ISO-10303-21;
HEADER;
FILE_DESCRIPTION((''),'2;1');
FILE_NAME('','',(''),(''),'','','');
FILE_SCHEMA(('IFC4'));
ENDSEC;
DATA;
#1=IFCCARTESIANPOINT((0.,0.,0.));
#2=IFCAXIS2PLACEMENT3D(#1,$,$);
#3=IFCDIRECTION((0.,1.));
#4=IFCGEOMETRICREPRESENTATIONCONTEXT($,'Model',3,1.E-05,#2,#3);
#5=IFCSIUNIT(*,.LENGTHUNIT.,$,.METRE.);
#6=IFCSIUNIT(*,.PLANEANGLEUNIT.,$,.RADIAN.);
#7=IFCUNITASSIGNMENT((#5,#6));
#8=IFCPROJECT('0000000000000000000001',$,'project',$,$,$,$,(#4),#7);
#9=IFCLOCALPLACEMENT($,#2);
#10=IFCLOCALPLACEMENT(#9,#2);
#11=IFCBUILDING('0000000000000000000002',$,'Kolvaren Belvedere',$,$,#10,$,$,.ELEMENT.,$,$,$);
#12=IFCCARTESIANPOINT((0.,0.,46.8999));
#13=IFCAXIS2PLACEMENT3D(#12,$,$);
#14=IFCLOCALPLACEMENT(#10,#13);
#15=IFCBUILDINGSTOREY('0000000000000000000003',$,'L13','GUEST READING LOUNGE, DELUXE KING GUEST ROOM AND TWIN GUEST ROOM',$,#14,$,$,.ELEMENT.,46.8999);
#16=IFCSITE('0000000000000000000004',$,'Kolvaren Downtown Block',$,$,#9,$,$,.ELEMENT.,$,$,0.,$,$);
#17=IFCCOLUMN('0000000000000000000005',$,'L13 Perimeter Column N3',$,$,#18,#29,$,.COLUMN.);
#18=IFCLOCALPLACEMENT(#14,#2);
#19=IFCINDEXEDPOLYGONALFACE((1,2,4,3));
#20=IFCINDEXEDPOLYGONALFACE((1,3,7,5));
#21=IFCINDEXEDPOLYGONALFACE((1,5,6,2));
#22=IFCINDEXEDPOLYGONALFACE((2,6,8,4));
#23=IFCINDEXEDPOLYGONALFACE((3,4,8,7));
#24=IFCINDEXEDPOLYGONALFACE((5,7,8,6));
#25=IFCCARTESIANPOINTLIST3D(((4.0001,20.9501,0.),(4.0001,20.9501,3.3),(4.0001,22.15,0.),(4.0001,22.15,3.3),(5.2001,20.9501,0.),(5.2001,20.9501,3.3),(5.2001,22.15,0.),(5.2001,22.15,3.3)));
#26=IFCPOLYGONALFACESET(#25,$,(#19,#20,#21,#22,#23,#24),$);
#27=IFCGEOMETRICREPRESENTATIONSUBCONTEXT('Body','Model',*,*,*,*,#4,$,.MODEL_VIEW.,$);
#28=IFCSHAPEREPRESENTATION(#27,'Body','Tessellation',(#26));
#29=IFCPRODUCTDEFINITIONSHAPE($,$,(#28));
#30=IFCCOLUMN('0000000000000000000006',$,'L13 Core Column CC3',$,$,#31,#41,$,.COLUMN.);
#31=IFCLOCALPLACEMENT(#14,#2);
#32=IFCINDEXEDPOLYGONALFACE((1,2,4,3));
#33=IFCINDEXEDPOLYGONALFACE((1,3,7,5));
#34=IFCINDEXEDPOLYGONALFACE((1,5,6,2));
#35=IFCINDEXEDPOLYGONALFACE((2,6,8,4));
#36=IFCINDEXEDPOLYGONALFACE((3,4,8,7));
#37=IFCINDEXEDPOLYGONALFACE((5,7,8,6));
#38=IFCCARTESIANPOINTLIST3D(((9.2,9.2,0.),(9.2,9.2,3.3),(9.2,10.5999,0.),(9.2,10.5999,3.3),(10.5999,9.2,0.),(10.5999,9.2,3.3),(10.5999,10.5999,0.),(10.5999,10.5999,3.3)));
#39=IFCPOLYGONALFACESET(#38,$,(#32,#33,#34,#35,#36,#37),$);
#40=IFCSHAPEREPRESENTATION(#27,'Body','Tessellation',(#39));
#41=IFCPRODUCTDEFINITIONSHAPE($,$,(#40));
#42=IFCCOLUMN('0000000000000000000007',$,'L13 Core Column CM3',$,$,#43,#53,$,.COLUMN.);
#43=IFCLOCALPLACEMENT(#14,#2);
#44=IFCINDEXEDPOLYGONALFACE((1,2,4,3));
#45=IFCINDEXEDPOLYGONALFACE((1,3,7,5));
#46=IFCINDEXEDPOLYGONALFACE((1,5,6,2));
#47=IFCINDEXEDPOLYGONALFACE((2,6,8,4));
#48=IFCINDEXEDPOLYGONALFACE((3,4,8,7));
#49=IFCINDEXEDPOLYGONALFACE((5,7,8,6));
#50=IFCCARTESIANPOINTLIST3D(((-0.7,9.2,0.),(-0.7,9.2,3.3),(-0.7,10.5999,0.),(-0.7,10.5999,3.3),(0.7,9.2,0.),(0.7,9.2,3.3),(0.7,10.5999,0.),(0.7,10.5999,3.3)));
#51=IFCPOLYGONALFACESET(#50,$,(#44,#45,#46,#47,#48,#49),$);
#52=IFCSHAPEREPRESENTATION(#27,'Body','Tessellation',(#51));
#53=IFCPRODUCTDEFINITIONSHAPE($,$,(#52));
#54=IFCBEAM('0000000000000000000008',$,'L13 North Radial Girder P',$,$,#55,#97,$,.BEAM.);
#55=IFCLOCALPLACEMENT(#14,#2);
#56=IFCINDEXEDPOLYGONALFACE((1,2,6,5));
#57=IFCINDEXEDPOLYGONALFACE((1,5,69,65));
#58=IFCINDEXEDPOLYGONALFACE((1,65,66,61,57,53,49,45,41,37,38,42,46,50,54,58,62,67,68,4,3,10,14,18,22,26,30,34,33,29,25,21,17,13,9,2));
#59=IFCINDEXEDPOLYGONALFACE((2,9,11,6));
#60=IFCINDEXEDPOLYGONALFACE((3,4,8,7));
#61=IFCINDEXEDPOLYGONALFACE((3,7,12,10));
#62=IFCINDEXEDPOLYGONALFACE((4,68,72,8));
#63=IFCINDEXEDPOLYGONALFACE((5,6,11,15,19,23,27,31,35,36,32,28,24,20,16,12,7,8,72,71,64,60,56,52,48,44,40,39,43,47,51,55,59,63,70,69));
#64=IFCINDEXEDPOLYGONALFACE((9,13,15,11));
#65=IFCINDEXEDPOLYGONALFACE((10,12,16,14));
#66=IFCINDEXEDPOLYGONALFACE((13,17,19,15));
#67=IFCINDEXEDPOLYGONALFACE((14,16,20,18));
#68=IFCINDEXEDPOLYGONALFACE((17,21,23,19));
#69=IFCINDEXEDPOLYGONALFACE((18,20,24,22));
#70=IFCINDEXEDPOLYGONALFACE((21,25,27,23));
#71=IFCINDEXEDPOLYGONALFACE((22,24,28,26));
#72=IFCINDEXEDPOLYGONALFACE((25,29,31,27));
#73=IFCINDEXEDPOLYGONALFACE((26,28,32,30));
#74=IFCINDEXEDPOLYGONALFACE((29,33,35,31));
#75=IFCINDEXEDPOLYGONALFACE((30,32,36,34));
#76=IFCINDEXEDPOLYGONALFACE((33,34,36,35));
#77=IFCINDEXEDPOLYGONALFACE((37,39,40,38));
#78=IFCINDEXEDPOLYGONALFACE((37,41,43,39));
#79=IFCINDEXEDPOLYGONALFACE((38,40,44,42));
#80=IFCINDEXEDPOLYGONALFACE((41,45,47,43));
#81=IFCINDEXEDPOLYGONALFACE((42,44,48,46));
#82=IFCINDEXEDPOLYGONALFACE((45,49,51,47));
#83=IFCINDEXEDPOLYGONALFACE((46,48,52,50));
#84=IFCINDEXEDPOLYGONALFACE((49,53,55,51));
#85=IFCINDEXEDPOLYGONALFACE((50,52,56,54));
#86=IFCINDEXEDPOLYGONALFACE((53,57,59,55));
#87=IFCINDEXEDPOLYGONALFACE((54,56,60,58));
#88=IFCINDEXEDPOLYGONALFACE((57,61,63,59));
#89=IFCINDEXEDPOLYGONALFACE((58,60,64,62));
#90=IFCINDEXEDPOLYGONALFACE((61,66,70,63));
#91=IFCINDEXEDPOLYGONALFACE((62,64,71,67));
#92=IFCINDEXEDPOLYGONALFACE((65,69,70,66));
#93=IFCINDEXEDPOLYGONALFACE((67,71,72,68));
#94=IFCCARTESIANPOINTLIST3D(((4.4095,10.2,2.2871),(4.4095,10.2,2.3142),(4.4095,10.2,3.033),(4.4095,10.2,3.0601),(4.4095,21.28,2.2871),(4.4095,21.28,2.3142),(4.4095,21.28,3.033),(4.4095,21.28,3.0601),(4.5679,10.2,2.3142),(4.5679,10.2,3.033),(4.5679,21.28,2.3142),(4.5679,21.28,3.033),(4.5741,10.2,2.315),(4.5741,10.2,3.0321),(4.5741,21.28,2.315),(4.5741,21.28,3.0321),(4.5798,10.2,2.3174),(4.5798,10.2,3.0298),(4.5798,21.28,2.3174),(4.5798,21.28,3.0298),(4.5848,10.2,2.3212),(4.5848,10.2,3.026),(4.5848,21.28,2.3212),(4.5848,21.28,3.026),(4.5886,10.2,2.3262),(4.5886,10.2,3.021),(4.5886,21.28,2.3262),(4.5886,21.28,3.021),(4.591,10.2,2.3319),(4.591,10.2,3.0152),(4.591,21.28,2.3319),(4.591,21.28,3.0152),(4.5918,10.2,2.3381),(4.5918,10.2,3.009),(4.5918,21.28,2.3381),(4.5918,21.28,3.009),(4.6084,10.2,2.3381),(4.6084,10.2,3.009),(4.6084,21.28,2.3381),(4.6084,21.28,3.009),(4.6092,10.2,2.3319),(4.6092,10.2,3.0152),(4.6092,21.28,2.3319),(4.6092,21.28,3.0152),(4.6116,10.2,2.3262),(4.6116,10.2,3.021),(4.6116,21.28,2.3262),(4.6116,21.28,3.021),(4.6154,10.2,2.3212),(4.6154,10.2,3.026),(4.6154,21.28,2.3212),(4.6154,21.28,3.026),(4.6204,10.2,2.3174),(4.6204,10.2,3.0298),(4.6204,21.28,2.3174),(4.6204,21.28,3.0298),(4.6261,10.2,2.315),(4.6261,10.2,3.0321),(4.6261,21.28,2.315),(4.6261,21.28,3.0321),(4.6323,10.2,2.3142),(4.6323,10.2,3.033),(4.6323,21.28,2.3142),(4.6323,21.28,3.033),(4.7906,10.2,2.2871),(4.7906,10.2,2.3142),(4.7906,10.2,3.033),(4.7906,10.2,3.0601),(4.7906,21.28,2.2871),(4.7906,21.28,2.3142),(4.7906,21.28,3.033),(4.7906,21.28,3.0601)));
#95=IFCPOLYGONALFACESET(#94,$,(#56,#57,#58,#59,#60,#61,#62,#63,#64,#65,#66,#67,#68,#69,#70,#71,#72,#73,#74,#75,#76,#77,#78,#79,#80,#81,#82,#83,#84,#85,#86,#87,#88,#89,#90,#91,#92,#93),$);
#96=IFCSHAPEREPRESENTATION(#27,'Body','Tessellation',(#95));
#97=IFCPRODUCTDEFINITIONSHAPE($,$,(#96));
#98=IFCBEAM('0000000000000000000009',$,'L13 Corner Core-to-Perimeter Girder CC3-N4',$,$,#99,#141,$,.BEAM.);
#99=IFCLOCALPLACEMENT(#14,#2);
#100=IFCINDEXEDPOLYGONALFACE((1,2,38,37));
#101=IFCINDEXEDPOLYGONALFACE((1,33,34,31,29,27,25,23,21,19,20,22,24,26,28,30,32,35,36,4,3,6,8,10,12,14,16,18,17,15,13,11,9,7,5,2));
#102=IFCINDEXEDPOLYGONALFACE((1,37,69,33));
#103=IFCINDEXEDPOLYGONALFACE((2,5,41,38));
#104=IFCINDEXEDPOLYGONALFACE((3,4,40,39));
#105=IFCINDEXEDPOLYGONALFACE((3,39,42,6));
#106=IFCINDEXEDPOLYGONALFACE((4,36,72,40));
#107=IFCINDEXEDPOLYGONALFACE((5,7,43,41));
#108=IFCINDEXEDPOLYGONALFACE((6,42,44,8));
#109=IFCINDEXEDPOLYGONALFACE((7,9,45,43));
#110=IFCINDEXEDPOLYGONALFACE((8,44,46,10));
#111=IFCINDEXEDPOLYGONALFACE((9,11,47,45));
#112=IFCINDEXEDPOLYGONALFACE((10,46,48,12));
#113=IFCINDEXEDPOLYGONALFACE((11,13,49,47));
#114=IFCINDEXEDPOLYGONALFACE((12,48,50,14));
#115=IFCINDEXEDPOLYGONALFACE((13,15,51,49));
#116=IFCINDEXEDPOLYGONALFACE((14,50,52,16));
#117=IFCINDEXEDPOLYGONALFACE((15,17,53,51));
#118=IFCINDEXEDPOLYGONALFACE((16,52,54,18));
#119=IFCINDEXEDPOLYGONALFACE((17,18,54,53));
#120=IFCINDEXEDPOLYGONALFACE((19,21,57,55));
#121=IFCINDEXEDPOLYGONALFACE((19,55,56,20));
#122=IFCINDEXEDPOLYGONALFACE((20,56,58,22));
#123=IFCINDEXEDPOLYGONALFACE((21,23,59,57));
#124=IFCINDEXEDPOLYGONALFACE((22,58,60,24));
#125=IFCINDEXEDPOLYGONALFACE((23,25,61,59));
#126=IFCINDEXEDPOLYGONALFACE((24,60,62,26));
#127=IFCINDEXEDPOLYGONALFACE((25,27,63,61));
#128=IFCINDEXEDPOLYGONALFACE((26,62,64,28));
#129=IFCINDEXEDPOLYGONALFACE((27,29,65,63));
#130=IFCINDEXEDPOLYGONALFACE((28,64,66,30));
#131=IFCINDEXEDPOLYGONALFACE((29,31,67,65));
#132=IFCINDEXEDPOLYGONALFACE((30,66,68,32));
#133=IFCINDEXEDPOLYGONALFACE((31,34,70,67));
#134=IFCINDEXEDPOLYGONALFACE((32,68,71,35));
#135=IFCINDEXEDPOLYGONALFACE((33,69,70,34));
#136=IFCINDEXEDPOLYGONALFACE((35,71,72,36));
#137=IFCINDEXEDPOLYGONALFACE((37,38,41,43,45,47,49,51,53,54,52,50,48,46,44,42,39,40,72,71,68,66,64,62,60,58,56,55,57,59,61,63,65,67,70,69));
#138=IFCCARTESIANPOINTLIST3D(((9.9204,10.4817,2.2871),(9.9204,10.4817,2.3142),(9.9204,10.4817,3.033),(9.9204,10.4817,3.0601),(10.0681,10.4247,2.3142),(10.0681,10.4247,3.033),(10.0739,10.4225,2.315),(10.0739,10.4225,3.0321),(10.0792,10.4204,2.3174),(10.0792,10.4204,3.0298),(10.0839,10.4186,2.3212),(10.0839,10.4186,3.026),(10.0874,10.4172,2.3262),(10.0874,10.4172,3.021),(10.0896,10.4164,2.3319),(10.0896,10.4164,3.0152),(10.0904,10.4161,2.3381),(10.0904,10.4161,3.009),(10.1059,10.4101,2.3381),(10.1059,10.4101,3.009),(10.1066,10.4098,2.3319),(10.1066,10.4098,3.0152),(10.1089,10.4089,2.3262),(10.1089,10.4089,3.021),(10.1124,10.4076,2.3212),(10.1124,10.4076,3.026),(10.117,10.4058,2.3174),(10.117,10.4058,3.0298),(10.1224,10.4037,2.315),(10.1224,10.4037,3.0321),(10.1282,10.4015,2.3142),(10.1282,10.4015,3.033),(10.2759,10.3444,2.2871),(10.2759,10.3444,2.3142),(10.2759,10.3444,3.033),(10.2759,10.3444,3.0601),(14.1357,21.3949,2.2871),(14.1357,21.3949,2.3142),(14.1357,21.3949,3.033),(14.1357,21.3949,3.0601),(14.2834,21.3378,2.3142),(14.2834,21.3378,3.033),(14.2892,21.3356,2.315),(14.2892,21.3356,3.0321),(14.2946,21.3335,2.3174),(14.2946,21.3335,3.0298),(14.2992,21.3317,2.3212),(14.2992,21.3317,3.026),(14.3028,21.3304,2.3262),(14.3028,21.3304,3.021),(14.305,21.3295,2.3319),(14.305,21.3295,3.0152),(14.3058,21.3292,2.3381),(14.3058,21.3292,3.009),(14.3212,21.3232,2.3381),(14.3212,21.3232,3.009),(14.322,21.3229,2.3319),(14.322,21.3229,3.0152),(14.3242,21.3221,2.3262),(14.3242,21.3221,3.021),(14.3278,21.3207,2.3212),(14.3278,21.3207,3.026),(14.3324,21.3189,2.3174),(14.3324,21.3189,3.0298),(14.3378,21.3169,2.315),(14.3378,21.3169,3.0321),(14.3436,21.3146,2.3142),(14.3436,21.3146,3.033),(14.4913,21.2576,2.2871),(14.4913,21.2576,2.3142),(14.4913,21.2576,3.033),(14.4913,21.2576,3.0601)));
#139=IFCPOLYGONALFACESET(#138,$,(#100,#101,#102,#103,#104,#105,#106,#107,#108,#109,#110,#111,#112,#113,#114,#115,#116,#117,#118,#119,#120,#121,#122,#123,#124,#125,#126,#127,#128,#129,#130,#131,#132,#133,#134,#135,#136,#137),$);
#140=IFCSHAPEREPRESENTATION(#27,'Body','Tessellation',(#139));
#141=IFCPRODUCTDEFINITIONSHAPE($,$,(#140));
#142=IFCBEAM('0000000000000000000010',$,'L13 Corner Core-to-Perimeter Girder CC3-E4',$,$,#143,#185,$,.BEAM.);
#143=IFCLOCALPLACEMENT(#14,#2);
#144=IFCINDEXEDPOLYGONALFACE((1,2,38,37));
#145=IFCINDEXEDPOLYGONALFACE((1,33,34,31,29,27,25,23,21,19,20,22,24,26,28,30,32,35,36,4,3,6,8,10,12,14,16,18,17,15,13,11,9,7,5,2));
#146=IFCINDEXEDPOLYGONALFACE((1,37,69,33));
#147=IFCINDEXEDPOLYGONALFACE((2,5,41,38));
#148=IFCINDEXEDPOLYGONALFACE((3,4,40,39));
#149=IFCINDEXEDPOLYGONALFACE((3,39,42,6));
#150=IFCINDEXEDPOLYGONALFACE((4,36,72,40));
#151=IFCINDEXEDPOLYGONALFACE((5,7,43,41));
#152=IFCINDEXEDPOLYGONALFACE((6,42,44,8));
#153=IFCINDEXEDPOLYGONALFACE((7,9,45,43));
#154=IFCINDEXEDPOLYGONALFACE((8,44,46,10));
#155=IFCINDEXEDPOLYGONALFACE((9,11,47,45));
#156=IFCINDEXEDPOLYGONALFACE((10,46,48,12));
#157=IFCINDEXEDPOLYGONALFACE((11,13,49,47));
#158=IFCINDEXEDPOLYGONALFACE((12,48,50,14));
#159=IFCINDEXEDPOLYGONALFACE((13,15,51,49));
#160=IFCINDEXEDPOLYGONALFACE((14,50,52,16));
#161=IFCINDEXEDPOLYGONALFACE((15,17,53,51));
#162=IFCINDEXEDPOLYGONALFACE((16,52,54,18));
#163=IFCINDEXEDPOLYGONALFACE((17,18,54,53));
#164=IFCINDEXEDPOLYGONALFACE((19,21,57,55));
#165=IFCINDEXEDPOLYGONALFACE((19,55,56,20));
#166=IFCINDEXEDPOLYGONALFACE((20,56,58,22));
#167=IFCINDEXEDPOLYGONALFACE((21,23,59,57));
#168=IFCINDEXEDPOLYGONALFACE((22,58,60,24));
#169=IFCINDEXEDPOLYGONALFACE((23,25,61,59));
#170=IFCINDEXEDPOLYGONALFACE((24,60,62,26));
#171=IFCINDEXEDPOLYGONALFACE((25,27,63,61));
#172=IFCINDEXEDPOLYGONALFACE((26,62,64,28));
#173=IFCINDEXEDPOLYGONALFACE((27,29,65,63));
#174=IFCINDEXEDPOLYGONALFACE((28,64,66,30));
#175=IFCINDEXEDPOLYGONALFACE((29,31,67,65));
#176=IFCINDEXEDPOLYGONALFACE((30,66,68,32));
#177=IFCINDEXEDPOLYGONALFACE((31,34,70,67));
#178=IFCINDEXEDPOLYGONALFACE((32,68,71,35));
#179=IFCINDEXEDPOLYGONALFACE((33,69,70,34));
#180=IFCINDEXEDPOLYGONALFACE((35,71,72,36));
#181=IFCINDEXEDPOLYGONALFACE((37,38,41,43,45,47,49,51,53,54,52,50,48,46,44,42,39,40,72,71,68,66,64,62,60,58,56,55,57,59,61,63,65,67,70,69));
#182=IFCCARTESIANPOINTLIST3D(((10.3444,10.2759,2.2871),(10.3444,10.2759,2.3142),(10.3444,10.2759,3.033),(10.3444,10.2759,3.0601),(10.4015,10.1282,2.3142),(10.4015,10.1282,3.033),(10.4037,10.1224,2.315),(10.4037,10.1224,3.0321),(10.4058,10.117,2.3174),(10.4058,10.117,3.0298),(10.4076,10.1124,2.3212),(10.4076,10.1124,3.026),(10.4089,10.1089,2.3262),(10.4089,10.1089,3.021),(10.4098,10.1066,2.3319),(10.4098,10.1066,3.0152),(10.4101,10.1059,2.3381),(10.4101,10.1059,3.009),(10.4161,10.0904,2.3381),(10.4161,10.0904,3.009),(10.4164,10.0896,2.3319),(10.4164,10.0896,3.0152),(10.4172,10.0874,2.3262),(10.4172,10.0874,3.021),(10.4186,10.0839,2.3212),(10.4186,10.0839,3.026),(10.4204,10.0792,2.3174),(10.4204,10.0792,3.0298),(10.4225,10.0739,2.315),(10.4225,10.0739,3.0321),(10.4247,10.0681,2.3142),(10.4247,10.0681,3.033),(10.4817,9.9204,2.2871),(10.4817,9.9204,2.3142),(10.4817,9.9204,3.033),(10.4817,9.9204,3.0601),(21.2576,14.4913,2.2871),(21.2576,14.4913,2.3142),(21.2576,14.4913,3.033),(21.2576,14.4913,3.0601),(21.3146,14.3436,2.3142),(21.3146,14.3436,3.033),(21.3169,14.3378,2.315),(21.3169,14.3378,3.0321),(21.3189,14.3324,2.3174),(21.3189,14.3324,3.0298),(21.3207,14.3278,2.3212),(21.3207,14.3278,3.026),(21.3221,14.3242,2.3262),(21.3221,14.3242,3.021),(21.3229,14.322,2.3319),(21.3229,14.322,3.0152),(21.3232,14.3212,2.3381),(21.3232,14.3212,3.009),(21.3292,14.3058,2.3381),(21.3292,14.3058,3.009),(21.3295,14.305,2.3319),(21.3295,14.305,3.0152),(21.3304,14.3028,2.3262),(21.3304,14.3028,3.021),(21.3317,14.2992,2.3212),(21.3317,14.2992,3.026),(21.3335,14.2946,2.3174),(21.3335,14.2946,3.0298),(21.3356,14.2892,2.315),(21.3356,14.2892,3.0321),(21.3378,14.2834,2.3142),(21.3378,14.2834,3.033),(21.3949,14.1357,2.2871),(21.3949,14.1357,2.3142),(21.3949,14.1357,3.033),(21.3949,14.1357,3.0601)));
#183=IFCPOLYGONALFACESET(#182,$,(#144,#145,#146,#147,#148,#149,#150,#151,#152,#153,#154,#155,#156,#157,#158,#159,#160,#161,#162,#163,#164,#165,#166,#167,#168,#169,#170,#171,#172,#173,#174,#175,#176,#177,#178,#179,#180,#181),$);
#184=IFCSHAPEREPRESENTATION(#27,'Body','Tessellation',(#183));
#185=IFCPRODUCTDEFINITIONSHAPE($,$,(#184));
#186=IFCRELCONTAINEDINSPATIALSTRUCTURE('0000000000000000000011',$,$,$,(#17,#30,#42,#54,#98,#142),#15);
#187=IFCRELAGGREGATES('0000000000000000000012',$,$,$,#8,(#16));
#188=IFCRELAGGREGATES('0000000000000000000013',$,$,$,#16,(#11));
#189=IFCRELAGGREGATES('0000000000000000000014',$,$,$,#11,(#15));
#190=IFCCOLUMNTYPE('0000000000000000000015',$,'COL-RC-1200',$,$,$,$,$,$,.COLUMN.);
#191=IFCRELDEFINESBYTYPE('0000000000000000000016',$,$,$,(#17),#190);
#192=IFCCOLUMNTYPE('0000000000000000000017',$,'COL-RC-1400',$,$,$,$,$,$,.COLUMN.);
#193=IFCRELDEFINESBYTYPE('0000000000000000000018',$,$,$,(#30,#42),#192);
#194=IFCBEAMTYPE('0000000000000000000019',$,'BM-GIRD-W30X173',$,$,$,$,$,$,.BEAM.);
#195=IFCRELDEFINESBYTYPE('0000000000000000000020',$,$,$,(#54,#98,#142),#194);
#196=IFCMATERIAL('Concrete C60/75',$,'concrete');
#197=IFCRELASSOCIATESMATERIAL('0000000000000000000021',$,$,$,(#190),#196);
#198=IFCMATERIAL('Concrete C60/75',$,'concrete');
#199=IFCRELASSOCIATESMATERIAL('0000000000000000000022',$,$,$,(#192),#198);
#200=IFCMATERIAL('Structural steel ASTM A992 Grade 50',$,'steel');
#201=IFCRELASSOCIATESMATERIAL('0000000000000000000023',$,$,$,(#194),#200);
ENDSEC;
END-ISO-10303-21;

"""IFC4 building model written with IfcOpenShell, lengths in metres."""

from ifc_helpers import new_model, si_unit, direction, frame, origin, origin_2d, place, context, subcontext, project, spatial, rectangle, i_section, extrude, material, material_profile, profile_set, type_object, element, save


model = new_model("IFC4")

# Units and contexts
model_context = context("Model", 3, precision=1e-05, world=origin(), true_north=direction((0.0, 1.0)))
body_context = subcontext(model_context, "Body", "Model", "MODEL_VIEW")
ifc_project = project(units=[si_unit("LENGTHUNIT", "METRE"), si_unit("PLANEANGLEUNIT", "RADIAN")], contexts=[model_context])

# Site, building, storey
site_placement = place(None, origin())
site = spatial("IfcSite", under=ifc_project, at=site_placement, Name="Kolvaren Downtown Block", CompositionType="ELEMENT", RefElevation=0.0)
building_placement = place(site_placement, origin())
building = spatial("IfcBuilding", under=site, at=building_placement, Name="Kolvaren Belvedere", CompositionType="ELEMENT")
storey_placement = place(building_placement, frame((0.0, 0.0, 46.8999)))
storey = spatial("IfcBuildingStorey", under=building, at=storey_placement, Name="L13", Description="GUEST READING LOUNGE, DELUXE KING GUEST ROOM AND TWIN GUEST ROOM", CompositionType="ELEMENT", Elevation=46.8999)

# Columns
ifc_material_1 = material(Name="Concrete C60/75", Category="concrete")
ifc_material_profile_1 = material_profile(ifc_material_1, rectangle(XDim=1.2, YDim=1.2, at=origin_2d()), Name="RC 1200X1200")
ifc_profile_set_1 = profile_set([ifc_material_profile_1], Name="Concrete C60/75")
column_type_1 = type_object("IfcColumnType", Name="COL-RC-1200", PredefinedType="COLUMN", material=ifc_profile_set_1)
column_placement = place(storey_placement, frame((4.6001, 21.55, 0.0), z_axis=(0.0, 0.0, 1.0), x_axis=(1.0, 0.0, 0.0)))
element("IfcColumn", 1, at=column_placement, inside=storey, type_object=column_type_1, Name="L13 Perimeter Column N3", PredefinedType="COLUMN", context=body_context, shape_type="SweptSolid", body=[
    extrude(rectangle(XDim=1.2, YDim=1.2, at=origin_2d()), origin(), (0.0, 0.0, 1.0), 3.3),
])
ifc_material_2 = material(Name="Concrete C60/75", Category="concrete")
ifc_material_profile_2 = material_profile(ifc_material_2, rectangle(XDim=1.3999, YDim=1.3999, at=origin_2d()), Name="RC 1400X1400")
ifc_profile_set_2 = profile_set([ifc_material_profile_2], Name="Concrete C60/75")
column_type_2 = type_object("IfcColumnType", Name="COL-RC-1400", PredefinedType="COLUMN", material=ifc_profile_set_2)
for number, where, z_axis, x_axis, name in (
    (2, (9.8999, 9.8999, 0.0), (0.0, 0.0, 1.0), (1.0, 0.0, 0.0), "L13 Core Column CC3"),
    (3, (0.0, 9.8999, 0.0), (0.0, 0.0, 1.0), (1.0, 0.0, 0.0), "L13 Core Column CM3"),
):
    element("IfcColumn", number, at=place(storey_placement, frame(where, z_axis=z_axis, x_axis=x_axis)), inside=storey, type_object=column_type_2, Name=name, PredefinedType="COLUMN", context=body_context, shape_type="SweptSolid", body=[
        extrude(rectangle(XDim=1.3999, YDim=1.3999, at=origin_2d()), origin(), (0.0, 0.0, 1.0), 3.3),
    ])

# Beams
ifc_material_3 = material(Name="Structural steel ASTM A992 Grade 50", Category="steel")
ifc_material_profile_3 = material_profile(ifc_material_3, i_section(OverallWidth=0.3811, OverallDepth=0.7729, WebThickness=0.0166, FlangeThickness=0.0271, FilletRadius=0.0239, at=origin_2d()), Name="W30X173")
ifc_profile_set_3 = profile_set([ifc_material_profile_3], Name="Structural steel ASTM A992 Grade 50")
beam_type_1 = type_object("IfcBeamType", Name="BM-GIRD-W30X173", PredefinedType="BEAM", material=ifc_profile_set_3)
beam_1_placement = place(storey_placement, frame((4.6001, 10.2, 2.6736), z_axis=(0.0, 1.0, 0.0), x_axis=(-1.0, 0.0, 0.0)))
element("IfcBeam", 4, at=beam_1_placement, inside=storey, type_object=beam_type_1, Name="L13 North Radial Girder P", PredefinedType="BEAM", context=body_context, shape_type="SweptSolid", body=[
    extrude(i_section(OverallWidth=0.3811, OverallDepth=0.7729, WebThickness=0.0166, FlangeThickness=0.0271, FilletRadius=0.0239, at=origin_2d()), origin(), (0.0, 0.0, 1.0), 11.0801),
])
for number, where, z_axis, x_axis, name in (
    (5, (10.0981, 10.4131, 2.6736), (0.360318, 0.932829, 0.0), (-0.932829, 0.360318, 0.0), "L13 Corner Core-to-Perimeter Girder CC3-N4"),
    (6, (10.4131, 10.0981, 2.6736), (0.932829, 0.360318, 0.0), (-0.360318, 0.932829, 0.0), "L13 Corner Core-to-Perimeter Girder CC3-E4"),
):
    element("IfcBeam", number, at=place(storey_placement, frame(where, z_axis=z_axis, x_axis=x_axis)), inside=storey, type_object=beam_type_1, Name=name, PredefinedType="BEAM", context=body_context, shape_type="SweptSolid", body=[
        extrude(i_section(OverallWidth=0.3811, OverallDepth=0.7729, WebThickness=0.0166, FlangeThickness=0.0271, FilletRadius=0.0239, at=origin_2d()), origin(), (0.0, 0.0, 1.0), 11.699),
    ])

save(model, "model.ifc")
